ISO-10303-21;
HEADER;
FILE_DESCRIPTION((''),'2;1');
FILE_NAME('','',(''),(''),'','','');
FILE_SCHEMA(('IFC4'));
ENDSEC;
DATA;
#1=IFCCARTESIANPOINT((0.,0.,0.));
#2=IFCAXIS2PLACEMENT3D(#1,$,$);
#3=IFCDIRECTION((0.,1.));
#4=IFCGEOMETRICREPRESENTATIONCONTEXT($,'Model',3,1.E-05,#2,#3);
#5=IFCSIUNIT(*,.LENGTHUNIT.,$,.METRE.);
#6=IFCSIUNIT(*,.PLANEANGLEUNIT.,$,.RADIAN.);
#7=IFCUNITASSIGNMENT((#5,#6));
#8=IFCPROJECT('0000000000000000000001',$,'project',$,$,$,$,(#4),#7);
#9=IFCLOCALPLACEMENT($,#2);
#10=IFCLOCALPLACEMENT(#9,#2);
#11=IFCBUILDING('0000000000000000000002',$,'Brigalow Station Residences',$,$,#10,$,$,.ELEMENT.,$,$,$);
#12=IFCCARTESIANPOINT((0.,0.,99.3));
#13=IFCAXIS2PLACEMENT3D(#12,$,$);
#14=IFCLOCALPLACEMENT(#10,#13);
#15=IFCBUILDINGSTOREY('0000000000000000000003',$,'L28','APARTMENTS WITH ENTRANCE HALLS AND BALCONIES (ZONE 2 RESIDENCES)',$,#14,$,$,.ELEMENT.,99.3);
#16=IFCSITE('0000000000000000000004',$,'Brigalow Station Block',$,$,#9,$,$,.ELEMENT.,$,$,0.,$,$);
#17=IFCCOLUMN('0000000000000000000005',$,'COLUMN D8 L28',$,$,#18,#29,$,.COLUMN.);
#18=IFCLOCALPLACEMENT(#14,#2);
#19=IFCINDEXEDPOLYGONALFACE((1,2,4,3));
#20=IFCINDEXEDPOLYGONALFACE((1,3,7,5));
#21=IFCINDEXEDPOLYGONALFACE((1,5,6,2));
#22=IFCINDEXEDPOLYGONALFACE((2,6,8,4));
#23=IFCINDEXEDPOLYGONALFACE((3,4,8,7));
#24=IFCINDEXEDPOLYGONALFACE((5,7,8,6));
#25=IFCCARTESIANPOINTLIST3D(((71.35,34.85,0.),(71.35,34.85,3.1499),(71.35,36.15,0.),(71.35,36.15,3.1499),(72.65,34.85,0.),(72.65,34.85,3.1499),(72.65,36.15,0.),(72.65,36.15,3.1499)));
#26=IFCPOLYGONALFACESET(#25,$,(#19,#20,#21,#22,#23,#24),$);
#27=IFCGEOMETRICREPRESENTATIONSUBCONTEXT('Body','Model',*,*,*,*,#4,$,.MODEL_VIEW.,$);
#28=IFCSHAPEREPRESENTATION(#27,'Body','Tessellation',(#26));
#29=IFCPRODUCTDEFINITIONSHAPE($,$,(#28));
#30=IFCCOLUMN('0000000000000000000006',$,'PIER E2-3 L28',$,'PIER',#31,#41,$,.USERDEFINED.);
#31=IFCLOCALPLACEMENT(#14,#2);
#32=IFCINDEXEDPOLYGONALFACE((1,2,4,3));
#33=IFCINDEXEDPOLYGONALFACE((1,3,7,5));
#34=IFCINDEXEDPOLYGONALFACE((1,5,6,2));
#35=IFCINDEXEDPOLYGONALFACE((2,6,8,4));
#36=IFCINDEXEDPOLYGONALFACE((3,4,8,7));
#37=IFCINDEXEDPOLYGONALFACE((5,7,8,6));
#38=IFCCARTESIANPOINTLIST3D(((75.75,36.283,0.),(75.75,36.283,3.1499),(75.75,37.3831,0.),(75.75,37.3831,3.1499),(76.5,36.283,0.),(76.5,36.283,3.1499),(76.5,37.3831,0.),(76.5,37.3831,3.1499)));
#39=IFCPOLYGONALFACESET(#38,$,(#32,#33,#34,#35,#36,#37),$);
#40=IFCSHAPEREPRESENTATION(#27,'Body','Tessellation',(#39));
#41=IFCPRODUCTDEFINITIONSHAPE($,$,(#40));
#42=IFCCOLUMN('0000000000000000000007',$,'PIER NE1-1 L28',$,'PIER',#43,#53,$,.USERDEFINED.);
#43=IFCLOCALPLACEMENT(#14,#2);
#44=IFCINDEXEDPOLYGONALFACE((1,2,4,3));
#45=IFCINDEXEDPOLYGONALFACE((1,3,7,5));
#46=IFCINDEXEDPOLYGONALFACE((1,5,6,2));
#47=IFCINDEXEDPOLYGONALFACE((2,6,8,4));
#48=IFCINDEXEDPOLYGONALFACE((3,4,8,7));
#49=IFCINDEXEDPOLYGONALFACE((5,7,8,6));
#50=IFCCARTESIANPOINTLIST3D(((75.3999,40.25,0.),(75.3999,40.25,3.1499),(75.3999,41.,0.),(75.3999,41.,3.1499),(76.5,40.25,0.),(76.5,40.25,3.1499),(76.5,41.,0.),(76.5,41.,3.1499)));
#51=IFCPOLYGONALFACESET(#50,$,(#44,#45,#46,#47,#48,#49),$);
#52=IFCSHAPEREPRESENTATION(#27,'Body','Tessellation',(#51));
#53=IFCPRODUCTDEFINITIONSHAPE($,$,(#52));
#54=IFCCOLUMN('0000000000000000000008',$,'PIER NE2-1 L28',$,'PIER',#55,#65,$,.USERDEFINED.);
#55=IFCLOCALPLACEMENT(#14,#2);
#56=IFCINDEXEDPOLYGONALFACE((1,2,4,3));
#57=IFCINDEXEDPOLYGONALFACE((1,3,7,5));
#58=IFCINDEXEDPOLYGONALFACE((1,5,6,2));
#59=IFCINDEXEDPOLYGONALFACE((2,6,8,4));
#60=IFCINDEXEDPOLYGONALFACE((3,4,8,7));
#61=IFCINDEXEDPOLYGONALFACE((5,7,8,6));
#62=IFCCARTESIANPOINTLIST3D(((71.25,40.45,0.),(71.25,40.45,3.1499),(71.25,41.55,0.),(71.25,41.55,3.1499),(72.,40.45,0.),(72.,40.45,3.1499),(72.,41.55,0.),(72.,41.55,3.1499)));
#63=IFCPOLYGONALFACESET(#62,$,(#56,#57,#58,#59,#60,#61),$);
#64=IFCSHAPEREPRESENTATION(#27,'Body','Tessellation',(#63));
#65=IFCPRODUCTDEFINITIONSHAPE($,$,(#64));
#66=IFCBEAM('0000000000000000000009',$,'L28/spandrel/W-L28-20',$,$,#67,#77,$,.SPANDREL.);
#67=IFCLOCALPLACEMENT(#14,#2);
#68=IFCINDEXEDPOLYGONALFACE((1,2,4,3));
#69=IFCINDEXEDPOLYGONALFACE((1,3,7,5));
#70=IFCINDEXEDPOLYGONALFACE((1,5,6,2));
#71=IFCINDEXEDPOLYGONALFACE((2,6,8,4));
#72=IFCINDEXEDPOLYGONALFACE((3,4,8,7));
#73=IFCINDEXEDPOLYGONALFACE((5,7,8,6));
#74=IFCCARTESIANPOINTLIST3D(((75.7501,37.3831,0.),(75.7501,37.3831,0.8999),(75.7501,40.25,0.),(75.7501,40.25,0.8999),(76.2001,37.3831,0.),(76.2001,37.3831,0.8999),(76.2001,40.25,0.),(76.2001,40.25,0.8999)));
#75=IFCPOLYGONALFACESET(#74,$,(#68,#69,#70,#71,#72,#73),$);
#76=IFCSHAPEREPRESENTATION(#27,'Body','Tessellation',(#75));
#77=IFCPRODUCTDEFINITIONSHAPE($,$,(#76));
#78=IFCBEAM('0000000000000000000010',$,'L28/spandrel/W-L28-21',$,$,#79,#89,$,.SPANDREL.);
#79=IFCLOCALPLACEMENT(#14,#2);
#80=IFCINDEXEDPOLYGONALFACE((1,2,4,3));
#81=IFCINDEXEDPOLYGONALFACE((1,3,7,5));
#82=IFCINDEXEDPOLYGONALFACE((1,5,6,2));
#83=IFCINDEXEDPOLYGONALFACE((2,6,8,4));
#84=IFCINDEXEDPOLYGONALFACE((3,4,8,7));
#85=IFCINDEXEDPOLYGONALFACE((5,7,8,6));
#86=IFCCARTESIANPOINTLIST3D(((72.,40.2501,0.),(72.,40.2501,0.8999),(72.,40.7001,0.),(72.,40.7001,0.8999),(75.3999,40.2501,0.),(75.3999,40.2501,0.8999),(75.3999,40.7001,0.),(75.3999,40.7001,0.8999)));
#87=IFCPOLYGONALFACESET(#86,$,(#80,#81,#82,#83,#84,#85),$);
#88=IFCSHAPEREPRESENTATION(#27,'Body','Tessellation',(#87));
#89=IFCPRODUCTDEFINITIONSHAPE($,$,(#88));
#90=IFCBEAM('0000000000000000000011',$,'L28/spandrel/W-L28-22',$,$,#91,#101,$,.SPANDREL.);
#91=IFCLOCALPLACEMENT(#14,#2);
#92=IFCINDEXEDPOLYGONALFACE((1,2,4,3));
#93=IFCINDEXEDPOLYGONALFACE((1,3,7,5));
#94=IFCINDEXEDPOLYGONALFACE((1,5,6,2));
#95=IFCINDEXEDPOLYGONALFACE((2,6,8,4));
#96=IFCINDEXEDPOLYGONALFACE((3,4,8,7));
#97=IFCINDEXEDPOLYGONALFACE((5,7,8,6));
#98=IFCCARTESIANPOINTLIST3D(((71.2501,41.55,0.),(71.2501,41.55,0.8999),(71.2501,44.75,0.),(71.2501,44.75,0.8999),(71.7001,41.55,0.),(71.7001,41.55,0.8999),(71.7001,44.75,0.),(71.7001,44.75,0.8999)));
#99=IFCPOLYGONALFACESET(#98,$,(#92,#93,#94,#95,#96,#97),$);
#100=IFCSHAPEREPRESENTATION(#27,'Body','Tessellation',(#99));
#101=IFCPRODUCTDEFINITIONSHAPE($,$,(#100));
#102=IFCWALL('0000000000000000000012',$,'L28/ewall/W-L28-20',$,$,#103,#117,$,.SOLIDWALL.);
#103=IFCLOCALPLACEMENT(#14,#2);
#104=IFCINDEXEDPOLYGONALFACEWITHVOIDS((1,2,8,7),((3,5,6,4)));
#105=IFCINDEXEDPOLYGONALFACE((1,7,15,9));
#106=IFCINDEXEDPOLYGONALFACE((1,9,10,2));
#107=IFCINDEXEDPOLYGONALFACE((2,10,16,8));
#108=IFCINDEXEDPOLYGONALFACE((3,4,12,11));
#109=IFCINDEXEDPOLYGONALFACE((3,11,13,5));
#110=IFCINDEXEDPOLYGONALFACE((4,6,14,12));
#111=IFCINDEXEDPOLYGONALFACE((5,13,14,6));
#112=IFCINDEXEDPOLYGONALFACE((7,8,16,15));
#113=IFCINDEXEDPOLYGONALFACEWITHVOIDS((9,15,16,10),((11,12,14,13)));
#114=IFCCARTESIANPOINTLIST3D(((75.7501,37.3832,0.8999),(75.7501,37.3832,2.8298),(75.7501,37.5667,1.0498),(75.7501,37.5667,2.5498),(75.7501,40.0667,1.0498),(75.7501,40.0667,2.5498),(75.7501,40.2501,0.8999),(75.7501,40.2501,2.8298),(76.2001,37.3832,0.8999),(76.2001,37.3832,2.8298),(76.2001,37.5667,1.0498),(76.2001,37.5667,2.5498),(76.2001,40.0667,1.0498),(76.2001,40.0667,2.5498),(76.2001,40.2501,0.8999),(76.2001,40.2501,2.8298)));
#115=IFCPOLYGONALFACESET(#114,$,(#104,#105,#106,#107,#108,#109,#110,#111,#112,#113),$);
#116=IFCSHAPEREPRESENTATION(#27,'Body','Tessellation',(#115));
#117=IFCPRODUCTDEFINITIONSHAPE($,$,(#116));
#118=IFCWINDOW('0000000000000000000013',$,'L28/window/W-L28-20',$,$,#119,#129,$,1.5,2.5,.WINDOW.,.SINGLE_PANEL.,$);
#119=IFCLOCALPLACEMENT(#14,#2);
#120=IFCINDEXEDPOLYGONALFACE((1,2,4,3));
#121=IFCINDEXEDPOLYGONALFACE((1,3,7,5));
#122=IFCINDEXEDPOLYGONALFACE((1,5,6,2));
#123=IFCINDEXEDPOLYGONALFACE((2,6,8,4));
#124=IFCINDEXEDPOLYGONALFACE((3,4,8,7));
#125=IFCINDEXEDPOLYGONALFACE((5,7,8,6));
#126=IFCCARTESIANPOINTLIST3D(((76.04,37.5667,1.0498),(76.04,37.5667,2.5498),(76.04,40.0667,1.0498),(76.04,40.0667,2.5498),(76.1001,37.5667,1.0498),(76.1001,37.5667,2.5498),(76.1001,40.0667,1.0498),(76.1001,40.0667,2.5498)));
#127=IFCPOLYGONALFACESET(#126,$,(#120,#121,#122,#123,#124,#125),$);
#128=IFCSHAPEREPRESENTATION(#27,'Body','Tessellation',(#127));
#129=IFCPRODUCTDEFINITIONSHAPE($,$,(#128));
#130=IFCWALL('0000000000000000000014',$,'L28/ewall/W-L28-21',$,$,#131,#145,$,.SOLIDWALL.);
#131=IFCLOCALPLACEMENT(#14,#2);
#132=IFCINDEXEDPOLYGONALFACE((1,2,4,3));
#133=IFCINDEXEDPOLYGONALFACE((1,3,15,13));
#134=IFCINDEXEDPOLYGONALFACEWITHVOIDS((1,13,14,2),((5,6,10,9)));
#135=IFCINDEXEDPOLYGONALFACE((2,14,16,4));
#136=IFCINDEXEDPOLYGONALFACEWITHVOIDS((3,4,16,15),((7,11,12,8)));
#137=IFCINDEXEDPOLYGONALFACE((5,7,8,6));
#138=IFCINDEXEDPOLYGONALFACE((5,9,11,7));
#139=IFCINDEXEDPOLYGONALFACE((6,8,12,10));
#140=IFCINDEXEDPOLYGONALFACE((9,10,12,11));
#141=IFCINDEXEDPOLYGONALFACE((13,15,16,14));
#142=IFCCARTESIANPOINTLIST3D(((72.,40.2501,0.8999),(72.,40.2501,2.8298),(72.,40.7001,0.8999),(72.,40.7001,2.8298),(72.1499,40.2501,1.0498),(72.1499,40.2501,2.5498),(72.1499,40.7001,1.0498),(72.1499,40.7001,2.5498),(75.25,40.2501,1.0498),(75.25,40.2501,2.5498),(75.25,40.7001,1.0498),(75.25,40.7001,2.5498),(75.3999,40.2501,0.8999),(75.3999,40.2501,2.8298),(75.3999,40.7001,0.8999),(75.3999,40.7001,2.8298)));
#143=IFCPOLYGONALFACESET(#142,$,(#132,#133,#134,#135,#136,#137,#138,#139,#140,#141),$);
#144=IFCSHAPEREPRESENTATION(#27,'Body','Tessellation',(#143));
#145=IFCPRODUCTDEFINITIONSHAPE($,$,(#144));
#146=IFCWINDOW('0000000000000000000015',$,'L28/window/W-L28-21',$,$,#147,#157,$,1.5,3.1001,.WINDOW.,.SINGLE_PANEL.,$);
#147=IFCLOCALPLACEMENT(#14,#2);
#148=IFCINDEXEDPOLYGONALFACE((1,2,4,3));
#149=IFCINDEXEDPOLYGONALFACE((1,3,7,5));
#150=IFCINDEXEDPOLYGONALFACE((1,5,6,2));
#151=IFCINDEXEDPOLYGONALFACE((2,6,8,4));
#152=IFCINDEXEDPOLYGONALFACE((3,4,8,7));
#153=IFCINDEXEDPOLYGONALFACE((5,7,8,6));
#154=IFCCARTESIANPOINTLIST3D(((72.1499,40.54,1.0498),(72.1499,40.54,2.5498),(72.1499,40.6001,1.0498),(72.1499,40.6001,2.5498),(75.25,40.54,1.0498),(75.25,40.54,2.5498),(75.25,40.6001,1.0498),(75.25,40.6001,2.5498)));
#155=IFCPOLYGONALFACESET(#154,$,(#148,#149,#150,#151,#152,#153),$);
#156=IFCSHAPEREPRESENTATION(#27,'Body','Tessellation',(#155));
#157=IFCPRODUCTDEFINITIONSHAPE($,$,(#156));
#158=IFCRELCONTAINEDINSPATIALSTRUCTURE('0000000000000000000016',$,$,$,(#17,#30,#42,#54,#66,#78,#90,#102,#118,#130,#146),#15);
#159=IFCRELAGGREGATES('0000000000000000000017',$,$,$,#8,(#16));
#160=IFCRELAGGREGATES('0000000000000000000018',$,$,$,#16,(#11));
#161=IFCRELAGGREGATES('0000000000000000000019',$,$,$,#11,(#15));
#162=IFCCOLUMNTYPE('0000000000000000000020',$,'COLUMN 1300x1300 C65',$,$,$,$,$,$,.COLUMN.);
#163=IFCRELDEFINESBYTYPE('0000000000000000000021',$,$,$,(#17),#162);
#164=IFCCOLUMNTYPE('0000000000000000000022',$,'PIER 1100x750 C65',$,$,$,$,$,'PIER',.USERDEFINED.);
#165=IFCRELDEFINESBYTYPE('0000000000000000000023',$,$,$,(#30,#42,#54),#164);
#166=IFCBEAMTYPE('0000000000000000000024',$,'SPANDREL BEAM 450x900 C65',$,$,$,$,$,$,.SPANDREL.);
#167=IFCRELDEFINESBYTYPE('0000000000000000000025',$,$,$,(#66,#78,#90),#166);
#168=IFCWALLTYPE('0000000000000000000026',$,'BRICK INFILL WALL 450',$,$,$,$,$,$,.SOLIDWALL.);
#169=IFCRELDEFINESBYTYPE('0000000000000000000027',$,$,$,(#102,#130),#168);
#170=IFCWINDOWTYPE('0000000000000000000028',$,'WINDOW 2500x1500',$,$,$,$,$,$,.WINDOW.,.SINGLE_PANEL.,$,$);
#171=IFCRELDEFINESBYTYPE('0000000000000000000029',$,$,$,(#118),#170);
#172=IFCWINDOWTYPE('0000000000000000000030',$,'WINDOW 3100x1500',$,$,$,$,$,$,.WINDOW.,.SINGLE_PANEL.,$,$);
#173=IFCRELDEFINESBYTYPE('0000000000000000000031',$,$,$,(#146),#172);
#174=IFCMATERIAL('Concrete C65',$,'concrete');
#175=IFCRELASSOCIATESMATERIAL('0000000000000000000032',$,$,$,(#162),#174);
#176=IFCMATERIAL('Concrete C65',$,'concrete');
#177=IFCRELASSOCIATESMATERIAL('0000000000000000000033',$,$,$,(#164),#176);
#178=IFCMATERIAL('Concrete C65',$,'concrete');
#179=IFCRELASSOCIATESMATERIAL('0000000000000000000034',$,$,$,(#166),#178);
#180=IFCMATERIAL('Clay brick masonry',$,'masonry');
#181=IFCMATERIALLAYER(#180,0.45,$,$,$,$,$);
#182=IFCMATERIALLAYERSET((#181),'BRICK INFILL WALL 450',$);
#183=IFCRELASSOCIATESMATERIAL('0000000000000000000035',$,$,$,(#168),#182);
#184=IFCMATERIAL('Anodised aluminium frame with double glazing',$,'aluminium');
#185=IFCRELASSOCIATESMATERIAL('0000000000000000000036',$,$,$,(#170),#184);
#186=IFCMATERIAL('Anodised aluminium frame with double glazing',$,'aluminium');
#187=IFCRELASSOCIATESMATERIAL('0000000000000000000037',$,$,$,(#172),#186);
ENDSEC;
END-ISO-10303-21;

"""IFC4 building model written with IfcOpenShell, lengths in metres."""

from ifc_helpers import new_model, si_unit, direction, frame, frame_2d, origin, origin_2d, place, context, subcontext, project, spatial, rectangle, extrude, material, layer, layer_set, material_profile, profile_set, type_object, element, fill, save


model = new_model("IFC4")

# Units and contexts
model_context = context("Model", 3, precision=1e-05, world=origin(), true_north=direction((0.0, 1.0)))
body_context = subcontext(model_context, "Body", "Model", "MODEL_VIEW")
ifc_project = project(units=[si_unit("LENGTHUNIT", "METRE"), si_unit("PLANEANGLEUNIT", "RADIAN")], contexts=[model_context])

# Site, building, storey
site_placement = place(None, origin())
site = spatial("IfcSite", under=ifc_project, at=site_placement, Name="Brigalow Station Block", CompositionType="ELEMENT", RefElevation=0.0)
building_placement = place(site_placement, origin())
building = spatial("IfcBuilding", under=site, at=building_placement, Name="Brigalow Station Residences", CompositionType="ELEMENT")
storey_placement = place(building_placement, frame((0.0, 0.0, 99.3)))
storey = spatial("IfcBuildingStorey", under=building, at=storey_placement, Name="L28", Description="APARTMENTS WITH ENTRANCE HALLS AND BALCONIES (ZONE 2 RESIDENCES)", CompositionType="ELEMENT", Elevation=99.3)

# Columns
ifc_material_1 = material(Name="Concrete C65", Category="concrete")
ifc_material_profile_1 = material_profile(ifc_material_1, rectangle(XDim=1.3, YDim=1.3, at=origin_2d()), Name="RC1300x1300")
ifc_profile_set_1 = profile_set([ifc_material_profile_1], Name="Concrete C65")
column_type_1 = type_object("IfcColumnType", Name="COLUMN 1300x1300 C65", PredefinedType="COLUMN", material=ifc_profile_set_1)
column_placement = place(storey_placement, frame((72.0, 35.5, 0.0), z_axis=(0.0, 0.0, 1.0), x_axis=(1.0, 0.0, 0.0)))
element("IfcColumn", 1, at=column_placement, inside=storey, type_object=column_type_1, Name="COLUMN D8 L28", PredefinedType="COLUMN", context=body_context, shape_type="SweptSolid", body=[
    extrude(rectangle(XDim=1.3, YDim=1.3, at=origin_2d()), origin(), (0.0, 0.0, 1.0), 3.1499),
])
ifc_material_2 = material(Name="Concrete C65", Category="concrete")
ifc_material_profile_2 = material_profile(ifc_material_2, rectangle(XDim=1.1001, YDim=0.75, at=origin_2d()), Name="RC1100x750")
ifc_profile_set_2 = profile_set([ifc_material_profile_2], Name="Concrete C65")
column_type_2 = type_object("IfcColumnType", Name="PIER 1100x750 C65", ElementType="PIER", PredefinedType="USERDEFINED", material=ifc_profile_set_2)
for number, where, z_axis, x_axis, name in (
    (2, (76.125, 36.833, 0.0), (0.0, 0.0, 1.0), (0.0, 1.0, 0.0), "PIER E2-3 L28"),
    (3, (75.95, 40.625, 0.0), (0.0, 0.0, 1.0), (-1.0, 0.0, 0.0), "PIER NE1-1 L28"),
    (4, (71.625, 41.0, 0.0), (0.0, 0.0, 1.0), (0.0, 1.0, 0.0), "PIER NE2-1 L28"),
):
    element("IfcColumn", number, at=place(storey_placement, frame(where, z_axis=z_axis, x_axis=x_axis)), inside=storey, type_object=column_type_2, Name=name, ObjectType="PIER", PredefinedType="USERDEFINED", context=body_context, shape_type="SweptSolid", body=[
        extrude(rectangle(XDim=1.1001, YDim=0.75, at=origin_2d()), origin(), (0.0, 0.0, 1.0), 3.1499),
    ])

# Beams
ifc_material_3 = material(Name="Concrete C65", Category="concrete")
ifc_material_profile_3 = material_profile(ifc_material_3, rectangle(XDim=0.45, YDim=0.8999, at=origin_2d()), Name="RC450x900")
ifc_profile_set_3 = profile_set([ifc_material_profile_3], Name="Concrete C65")
beam_type = type_object("IfcBeamType", Name="SPANDREL BEAM 450x900 C65", PredefinedType="SPANDREL", material=ifc_profile_set_3)
beam_1_placement = place(storey_placement, frame((75.9751, 37.3831, 0.45), z_axis=(0.0, 1.0, 0.0), x_axis=(-1.0, 0.0, 0.0)))
element("IfcBeam", 5, at=beam_1_placement, inside=storey, type_object=beam_type, Name="L28/spandrel/W-L28-20", PredefinedType="SPANDREL", context=body_context, shape_type="SweptSolid", body=[
    extrude(rectangle(XDim=0.45, YDim=0.8999, at=origin_2d()), origin(), (0.0, 0.0, 1.0), 2.8669),
])
beam_2_placement = place(storey_placement, frame((75.3999, 40.4751, 0.45), z_axis=(-1.0, 0.0, 0.0), x_axis=(0.0, -1.0, 0.0)))
element("IfcBeam", 6, at=beam_2_placement, inside=storey, type_object=beam_type, Name="L28/spandrel/W-L28-21", PredefinedType="SPANDREL", context=body_context, shape_type="SweptSolid", body=[
    extrude(rectangle(XDim=0.45, YDim=0.8999, at=origin_2d()), origin(), (0.0, 0.0, 1.0), 3.3999),
])
beam_3_placement = place(storey_placement, frame((71.4751, 41.55, 0.45), z_axis=(0.0, 1.0, 0.0), x_axis=(-1.0, 0.0, 0.0)))
element("IfcBeam", 7, at=beam_3_placement, inside=storey, type_object=beam_type, Name="L28/spandrel/W-L28-22", PredefinedType="SPANDREL", context=body_context, shape_type="SweptSolid", body=[
    extrude(rectangle(XDim=0.45, YDim=0.8999, at=origin_2d()), origin(), (0.0, 0.0, 1.0), 3.2),
])

# Walls, openings, windows
ifc_material_4 = material(Name="Clay brick masonry", Category="masonry")
ifc_layer_1 = layer(ifc_material_4, 0.45)
ifc_layer_set_1 = layer_set([ifc_layer_1], Name="BRICK INFILL WALL 450")
wall_type_1 = type_object("IfcWallType", Name="BRICK INFILL WALL 450", PredefinedType="SOLIDWALL", material=ifc_layer_set_1)
wall_1_placement = place(storey_placement, frame((75.9751, 37.3831, 0.8999), z_axis=(0.0, 0.0, 1.0), x_axis=(0.0, 1.0, 0.0)))
wall_1 = element("IfcWall", 8, at=wall_1_placement, inside=storey, type_object=wall_type_1, Name="L28/ewall/W-L28-20", PredefinedType="SOLIDWALL", context=body_context, shape_type="SweptSolid", body=[
    extrude(rectangle(XDim=2.8669, YDim=0.45, at=frame_2d((1.4336, 0.0))), origin(), (0.0, 0.0, 1.0), 1.9299),
])
opening_1_placement = place(wall_1_placement, frame((0.1836, 0.0, 0.1499)))
opening_1 = element("IfcOpeningElement", 9, at=opening_1_placement, cuts=wall_1, PredefinedType="OPENING", context=body_context, shape_type="SweptSolid", body=[
    extrude(rectangle(XDim=2.5, YDim=1.5, at=frame_2d((1.25, 0.75))), frame((0.0, 0.2349, 0.0), z_axis=(0.0, -1.0, 0.0), x_axis=(1.0, 0.0, 0.0)), (0.0, 0.0, 1.0), 0.47),
])
ifc_material_5 = material(Name="Anodised aluminium frame with double glazing", Category="aluminium")
window_type_1 = type_object("IfcWindowType", Name="WINDOW 2500x1500", PartitioningType="SINGLE_PANEL", PredefinedType="WINDOW", material=ifc_material_5)
window_1_placement = place(opening_1_placement, origin())
window_1 = element("IfcWindow", 10, at=window_1_placement, inside=storey, type_object=window_type_1, Name="L28/window/W-L28-20", OverallHeight=1.5, OverallWidth=2.5, PartitioningType="SINGLE_PANEL", PredefinedType="WINDOW", context=body_context, shape_type="SweptSolid", body=[
    extrude(rectangle(XDim=2.5, YDim=1.5, at=frame_2d((1.25, 0.75))), frame((0.0, -0.0649, 0.0), z_axis=(0.0, -1.0, 0.0), x_axis=(1.0, 0.0, 0.0)), (0.0, 0.0, 1.0), 0.0601),
])
fill(opening_1, window_1)
wall_2_placement = place(storey_placement, frame((75.3999, 40.4751, 0.8999), z_axis=(0.0, 0.0, 1.0), x_axis=(-1.0, 0.0, 0.0)))
wall_2 = element("IfcWall", 11, at=wall_2_placement, inside=storey, type_object=wall_type_1, Name="L28/ewall/W-L28-21", PredefinedType="SOLIDWALL", context=body_context, shape_type="SweptSolid", body=[
    extrude(rectangle(XDim=3.3999, YDim=0.45, at=frame_2d((1.7, 0.0))), origin(), (0.0, 0.0, 1.0), 1.9299),
])
opening_2_placement = place(wall_2_placement, frame((0.1499, 0.0, 0.1499)))
opening_2 = element("IfcOpeningElement", 12, at=opening_2_placement, cuts=wall_2, PredefinedType="OPENING", context=body_context, shape_type="SweptSolid", body=[
    extrude(rectangle(XDim=3.1001, YDim=1.5, at=frame_2d((1.55, 0.75))), frame((0.0, 0.2349, 0.0), z_axis=(0.0, -1.0, 0.0), x_axis=(1.0, 0.0, 0.0)), (0.0, 0.0, 1.0), 0.47),
])
ifc_material_6 = material(Name="Anodised aluminium frame with double glazing", Category="aluminium")
window_type_2 = type_object("IfcWindowType", Name="WINDOW 3100x1500", PartitioningType="SINGLE_PANEL", PredefinedType="WINDOW", material=ifc_material_6)
window_2_placement = place(opening_2_placement, origin())
window_2 = element("IfcWindow", 13, at=window_2_placement, inside=storey, type_object=window_type_2, Name="L28/window/W-L28-21", OverallHeight=1.5, OverallWidth=3.1001, PartitioningType="SINGLE_PANEL", PredefinedType="WINDOW", context=body_context, shape_type="SweptSolid", body=[
    extrude(rectangle(XDim=3.1001, YDim=1.5, at=frame_2d((1.55, 0.75))), frame((0.0, -0.0649, 0.0), z_axis=(0.0, -1.0, 0.0), x_axis=(1.0, 0.0, 0.0)), (0.0, 0.0, 1.0), 0.0601),
])
fill(opening_2, window_2)

save(model, "model.ifc")
